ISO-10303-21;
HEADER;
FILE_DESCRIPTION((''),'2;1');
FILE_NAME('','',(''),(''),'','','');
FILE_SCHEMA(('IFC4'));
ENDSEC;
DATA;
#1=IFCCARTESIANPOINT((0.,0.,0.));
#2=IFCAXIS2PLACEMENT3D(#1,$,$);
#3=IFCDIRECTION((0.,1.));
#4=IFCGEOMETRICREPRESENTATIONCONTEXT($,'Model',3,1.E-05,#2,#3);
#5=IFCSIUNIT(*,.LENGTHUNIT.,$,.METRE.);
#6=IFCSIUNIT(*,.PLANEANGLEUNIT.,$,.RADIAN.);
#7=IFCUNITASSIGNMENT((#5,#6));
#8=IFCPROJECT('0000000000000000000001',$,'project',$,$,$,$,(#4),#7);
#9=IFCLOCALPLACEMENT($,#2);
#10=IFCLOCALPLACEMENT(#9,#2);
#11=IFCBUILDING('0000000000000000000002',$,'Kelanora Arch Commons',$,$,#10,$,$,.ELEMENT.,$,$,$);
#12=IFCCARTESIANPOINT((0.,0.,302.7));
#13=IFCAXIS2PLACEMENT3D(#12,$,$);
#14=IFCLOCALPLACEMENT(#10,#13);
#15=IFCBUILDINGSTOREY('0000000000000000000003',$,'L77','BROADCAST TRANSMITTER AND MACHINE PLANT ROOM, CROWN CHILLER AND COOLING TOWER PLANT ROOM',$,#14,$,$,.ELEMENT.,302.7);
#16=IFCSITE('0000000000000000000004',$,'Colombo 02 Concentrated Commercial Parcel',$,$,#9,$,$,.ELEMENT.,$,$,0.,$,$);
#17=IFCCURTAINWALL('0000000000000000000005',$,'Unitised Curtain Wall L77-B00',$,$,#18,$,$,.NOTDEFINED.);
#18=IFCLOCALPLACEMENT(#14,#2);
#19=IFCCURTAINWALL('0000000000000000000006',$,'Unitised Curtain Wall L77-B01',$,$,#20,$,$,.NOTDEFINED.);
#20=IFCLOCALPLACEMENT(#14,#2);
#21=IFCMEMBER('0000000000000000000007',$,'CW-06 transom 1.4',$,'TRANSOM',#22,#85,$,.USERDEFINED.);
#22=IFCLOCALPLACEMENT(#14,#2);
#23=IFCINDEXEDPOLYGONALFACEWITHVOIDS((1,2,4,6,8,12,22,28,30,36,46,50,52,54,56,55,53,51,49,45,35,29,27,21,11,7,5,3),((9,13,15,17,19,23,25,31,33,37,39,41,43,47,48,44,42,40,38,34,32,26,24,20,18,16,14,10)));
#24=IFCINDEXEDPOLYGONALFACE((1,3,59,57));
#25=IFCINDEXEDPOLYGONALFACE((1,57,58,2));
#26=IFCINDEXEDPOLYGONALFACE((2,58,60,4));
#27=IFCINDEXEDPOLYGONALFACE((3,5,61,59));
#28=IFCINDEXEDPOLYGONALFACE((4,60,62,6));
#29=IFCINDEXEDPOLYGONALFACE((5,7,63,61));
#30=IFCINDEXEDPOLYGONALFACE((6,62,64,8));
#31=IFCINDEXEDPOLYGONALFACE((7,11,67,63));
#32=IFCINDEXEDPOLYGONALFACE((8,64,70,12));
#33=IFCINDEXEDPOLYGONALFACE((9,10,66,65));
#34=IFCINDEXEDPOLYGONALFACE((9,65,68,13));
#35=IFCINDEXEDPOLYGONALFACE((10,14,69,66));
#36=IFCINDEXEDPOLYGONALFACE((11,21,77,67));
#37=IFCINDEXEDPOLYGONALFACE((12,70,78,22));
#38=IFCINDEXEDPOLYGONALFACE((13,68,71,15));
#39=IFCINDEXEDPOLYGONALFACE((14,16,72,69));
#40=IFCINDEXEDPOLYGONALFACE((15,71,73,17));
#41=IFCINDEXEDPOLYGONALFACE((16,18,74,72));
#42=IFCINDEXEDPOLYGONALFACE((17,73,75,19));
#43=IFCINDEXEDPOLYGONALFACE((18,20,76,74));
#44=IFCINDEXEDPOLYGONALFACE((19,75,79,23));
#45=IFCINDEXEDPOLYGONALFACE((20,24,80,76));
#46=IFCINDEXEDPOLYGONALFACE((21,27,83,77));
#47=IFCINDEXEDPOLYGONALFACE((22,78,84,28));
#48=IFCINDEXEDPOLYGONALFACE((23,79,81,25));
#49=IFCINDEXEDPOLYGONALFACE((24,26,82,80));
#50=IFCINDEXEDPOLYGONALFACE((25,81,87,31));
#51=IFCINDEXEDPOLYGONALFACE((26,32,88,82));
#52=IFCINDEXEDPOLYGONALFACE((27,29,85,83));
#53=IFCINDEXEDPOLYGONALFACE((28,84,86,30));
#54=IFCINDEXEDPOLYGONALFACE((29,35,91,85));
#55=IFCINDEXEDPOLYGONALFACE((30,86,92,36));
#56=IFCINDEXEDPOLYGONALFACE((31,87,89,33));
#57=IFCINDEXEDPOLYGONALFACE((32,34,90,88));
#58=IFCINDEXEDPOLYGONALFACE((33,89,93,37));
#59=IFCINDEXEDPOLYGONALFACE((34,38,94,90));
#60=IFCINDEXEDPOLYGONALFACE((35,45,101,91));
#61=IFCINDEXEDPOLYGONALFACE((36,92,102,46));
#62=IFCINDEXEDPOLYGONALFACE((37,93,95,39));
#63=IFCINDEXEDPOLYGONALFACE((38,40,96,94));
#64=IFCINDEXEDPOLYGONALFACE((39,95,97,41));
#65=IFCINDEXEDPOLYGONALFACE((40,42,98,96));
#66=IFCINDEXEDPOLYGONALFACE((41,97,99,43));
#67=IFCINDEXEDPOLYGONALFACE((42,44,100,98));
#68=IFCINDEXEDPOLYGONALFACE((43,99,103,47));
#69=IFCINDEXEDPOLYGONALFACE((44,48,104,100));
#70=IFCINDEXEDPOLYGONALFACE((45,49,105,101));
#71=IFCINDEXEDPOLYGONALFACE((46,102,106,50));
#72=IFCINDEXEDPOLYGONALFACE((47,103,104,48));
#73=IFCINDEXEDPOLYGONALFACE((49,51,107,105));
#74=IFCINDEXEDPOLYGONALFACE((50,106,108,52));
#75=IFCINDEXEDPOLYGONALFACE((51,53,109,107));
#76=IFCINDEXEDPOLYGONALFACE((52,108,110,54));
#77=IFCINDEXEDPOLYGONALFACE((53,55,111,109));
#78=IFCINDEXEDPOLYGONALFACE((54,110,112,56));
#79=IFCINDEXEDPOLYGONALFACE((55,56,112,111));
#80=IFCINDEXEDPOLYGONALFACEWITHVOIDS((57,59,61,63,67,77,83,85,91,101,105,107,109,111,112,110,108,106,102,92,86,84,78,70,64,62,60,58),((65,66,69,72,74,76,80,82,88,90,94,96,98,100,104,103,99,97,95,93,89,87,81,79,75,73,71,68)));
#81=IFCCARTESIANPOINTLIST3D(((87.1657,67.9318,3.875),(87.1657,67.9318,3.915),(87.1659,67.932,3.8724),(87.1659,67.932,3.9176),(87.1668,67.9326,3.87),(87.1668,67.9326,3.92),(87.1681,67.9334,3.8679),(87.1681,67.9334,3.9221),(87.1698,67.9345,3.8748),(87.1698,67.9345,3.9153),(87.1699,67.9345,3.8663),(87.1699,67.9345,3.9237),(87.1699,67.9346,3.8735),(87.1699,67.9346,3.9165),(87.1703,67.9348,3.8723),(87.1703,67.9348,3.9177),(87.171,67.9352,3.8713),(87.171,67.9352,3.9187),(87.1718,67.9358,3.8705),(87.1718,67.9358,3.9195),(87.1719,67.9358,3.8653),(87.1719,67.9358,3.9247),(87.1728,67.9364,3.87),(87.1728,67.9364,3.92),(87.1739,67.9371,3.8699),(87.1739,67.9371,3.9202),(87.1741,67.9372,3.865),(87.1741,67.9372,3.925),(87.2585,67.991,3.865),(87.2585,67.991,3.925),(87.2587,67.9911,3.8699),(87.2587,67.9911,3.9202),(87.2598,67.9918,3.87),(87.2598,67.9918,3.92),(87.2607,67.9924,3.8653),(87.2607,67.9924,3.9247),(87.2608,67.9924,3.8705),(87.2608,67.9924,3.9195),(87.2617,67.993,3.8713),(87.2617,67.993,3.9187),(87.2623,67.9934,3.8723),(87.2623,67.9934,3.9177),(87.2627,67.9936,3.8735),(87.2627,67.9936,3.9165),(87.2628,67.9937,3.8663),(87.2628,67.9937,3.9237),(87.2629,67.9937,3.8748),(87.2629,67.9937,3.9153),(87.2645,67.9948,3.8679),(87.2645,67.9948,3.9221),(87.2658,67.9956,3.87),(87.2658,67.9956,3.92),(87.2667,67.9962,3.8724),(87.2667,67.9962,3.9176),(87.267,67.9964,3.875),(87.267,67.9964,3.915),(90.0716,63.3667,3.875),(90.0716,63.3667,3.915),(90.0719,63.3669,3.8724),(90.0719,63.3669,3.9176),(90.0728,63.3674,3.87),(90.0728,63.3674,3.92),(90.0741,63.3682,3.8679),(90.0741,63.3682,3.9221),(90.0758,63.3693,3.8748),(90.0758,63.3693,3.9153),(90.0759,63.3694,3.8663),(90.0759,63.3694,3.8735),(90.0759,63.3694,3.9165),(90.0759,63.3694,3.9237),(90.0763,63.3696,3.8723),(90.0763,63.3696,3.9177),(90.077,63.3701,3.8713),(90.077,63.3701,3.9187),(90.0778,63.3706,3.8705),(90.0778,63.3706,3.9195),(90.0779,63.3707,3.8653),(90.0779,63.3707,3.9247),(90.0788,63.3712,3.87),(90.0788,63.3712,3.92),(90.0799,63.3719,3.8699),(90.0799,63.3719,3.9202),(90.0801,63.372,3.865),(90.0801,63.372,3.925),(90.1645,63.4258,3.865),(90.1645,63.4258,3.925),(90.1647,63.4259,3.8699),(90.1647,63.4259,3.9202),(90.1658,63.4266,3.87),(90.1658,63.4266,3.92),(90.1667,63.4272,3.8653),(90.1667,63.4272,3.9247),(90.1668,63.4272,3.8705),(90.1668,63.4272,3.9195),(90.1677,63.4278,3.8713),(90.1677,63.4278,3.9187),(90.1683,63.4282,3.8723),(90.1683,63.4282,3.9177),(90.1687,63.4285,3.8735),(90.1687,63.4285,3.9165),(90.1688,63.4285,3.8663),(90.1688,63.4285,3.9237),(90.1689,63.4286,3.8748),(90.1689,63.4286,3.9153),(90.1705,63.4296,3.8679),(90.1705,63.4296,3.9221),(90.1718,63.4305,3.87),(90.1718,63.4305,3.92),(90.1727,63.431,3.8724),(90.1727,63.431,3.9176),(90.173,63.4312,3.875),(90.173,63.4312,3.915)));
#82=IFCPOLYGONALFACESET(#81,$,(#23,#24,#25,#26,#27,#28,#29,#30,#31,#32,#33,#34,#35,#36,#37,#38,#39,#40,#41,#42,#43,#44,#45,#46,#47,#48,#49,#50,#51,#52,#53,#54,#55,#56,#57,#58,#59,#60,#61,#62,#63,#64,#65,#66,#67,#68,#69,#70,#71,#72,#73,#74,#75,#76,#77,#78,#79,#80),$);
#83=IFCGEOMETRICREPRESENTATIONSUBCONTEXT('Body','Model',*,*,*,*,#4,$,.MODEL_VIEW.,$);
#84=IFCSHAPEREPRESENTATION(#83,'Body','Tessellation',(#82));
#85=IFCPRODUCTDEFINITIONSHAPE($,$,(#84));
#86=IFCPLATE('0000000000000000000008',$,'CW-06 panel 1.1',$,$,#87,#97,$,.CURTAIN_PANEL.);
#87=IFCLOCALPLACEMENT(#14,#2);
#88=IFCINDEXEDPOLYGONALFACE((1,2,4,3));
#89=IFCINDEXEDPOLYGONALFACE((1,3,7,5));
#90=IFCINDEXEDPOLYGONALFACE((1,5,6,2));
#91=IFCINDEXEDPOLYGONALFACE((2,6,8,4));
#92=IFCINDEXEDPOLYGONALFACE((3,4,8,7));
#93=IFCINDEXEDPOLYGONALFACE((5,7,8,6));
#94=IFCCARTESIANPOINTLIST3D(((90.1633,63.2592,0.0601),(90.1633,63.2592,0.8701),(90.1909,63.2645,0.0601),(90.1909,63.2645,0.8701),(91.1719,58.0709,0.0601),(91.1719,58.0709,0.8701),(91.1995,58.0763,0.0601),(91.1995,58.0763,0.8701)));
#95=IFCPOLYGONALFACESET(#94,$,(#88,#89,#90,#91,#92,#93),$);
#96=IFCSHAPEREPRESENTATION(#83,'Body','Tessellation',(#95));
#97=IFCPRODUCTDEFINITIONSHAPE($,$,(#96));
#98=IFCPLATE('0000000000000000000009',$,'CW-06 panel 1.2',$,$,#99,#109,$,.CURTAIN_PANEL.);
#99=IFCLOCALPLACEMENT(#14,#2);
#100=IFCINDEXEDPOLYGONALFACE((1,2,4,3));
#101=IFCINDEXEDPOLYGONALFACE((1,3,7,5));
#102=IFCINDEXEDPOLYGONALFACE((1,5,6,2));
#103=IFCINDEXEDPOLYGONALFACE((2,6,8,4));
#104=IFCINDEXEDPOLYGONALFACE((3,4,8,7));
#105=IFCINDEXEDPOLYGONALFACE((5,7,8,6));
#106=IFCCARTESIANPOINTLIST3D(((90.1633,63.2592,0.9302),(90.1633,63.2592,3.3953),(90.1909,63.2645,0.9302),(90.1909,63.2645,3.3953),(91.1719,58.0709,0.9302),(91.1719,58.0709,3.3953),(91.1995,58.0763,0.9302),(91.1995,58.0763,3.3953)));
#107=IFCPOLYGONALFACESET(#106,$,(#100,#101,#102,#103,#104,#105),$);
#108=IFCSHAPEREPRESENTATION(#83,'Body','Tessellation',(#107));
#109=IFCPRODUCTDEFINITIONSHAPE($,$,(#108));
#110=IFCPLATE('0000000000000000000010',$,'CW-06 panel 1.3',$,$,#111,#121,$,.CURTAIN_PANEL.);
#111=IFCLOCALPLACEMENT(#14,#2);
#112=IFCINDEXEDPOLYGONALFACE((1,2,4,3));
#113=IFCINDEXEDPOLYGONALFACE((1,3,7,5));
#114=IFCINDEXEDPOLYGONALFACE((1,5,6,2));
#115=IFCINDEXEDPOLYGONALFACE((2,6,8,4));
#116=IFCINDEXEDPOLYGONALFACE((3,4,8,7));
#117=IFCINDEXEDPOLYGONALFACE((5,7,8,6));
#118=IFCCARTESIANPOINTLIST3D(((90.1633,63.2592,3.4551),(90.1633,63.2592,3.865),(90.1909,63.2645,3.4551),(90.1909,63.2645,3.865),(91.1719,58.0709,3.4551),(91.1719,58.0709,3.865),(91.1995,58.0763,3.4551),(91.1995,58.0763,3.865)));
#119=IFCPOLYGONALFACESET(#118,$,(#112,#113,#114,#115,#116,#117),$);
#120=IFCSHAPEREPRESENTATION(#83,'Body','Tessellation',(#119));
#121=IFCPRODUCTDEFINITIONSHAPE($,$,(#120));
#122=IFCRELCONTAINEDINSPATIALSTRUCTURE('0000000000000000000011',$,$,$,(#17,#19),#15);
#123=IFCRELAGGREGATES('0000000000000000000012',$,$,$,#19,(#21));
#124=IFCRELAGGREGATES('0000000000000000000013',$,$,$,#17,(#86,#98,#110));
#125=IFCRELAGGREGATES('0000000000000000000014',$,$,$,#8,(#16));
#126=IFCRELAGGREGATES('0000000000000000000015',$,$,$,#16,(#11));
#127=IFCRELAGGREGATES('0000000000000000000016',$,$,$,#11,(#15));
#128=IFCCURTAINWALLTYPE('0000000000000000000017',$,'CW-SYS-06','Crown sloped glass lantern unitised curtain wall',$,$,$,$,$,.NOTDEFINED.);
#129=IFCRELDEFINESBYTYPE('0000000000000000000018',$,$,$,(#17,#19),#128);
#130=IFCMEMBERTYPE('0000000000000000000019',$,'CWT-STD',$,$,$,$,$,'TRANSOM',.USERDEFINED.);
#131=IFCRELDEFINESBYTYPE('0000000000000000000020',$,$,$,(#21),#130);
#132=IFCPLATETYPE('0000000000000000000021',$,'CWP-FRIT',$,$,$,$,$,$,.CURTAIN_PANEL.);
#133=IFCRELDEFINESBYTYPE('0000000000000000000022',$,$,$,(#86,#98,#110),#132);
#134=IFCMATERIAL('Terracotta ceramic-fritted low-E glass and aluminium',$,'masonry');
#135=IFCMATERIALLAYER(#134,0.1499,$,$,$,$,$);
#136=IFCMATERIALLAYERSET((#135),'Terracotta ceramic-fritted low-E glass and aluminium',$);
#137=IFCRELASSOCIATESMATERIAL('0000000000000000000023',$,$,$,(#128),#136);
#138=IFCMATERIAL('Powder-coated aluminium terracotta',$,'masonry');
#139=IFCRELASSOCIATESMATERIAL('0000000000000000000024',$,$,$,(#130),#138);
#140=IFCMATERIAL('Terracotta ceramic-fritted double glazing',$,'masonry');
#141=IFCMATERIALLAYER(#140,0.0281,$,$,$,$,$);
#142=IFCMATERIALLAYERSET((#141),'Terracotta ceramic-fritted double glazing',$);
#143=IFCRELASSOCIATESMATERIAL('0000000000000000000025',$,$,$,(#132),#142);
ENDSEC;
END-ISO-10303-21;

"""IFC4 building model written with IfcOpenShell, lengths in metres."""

from ifc_helpers import new_model, si_unit, direction, frame, origin, origin_2d, place, context, subcontext, project, spatial, rectangle, hollow_rectangle, extrude, source, transform, mapped, material, layer, layer_set, material_profile, profile_set, type_object, element, aggregate, save


model = new_model("IFC4")

# Units and contexts
model_context = context("Model", 3, precision=1e-05, world=origin(), true_north=direction((0.0, 1.0)))
body_context = subcontext(model_context, "Body", "Model", "MODEL_VIEW")
ifc_project = project(units=[si_unit("LENGTHUNIT", "METRE"), si_unit("PLANEANGLEUNIT", "RADIAN")], contexts=[model_context])

# Site, building, storey
site_placement = place(None, origin())
site = spatial("IfcSite", under=ifc_project, at=site_placement, Name="Colombo 02 Concentrated Commercial Parcel", CompositionType="ELEMENT", RefElevation=0.0)
building_placement = place(site_placement, origin())
building = spatial("IfcBuilding", under=site, at=building_placement, Name="Kelanora Arch Commons", CompositionType="ELEMENT")
storey_placement = place(building_placement, frame((0.0, 0.0, 302.7)))
storey = spatial("IfcBuildingStorey", under=building, at=storey_placement, Name="L77", Description="BROADCAST TRANSMITTER AND MACHINE PLANT ROOM, CROWN CHILLER AND COOLING TOWER PLANT ROOM", CompositionType="ELEMENT", Elevation=302.7)

# Curtain wall
ifc_material_1 = material(Name="Terracotta ceramic-fritted low-E glass and aluminium", Category="masonry")
ifc_layer_1 = layer(ifc_material_1, 0.1499)
ifc_layer_set_1 = layer_set([ifc_layer_1], Name="Terracotta ceramic-fritted low-E glass and aluminium")
curtain_wall_type = type_object("IfcCurtainWallType", Name="CW-SYS-06", Description="Crown sloped glass lantern unitised curtain wall", PredefinedType="NOTDEFINED", material=ifc_layer_set_1)
curtain_wall_1_placement = place(storey_placement, origin())
curtain_wall_1 = element("IfcCurtainWall", 1, at=curtain_wall_1_placement, inside=storey, type_object=curtain_wall_type, Name="Unitised Curtain Wall L77-B00", PredefinedType="NOTDEFINED")
ifc_material_2 = material(Name="Powder-coated aluminium terracotta", Category="masonry")

# Curtain wall
curtain_wall_2_placement = place(storey_placement, origin())
curtain_wall_2 = element("IfcCurtainWall", 2, at=curtain_wall_2_placement, inside=storey, type_object=curtain_wall_type, Name="Unitised Curtain Wall L77-B01", PredefinedType="NOTDEFINED")

# Member
ifc_material_profile_1 = material_profile(ifc_material_2, hollow_rectangle(XDim=0.1201, YDim=0.0601, WallThickness=0.0049, InnerFilletRadius=0.0049, OuterFilletRadius=0.01, at=origin_2d()), Name="CWT120x60")
ifc_profile_set_1 = profile_set([ifc_material_profile_1], Name="Powder-coated aluminium terracotta")
member_type_1 = type_object("IfcMemberType", Name="CWT-STD", ElementType="TRANSOM", PredefinedType="USERDEFINED", material=ifc_profile_set_1)
member_1_placement = place(storey_placement, frame((90.1223, 63.3989, 3.895), z_axis=(-0.536992, 0.843587, 0.0), x_axis=(-0.843587, -0.536992, 0.0)))
member_1 = element("IfcMember", 3, at=member_1_placement, type_object=member_type_1, Name="CW-06 transom 1.4", ObjectType="TRANSOM", PredefinedType="USERDEFINED", context=body_context, shape_type="SweptSolid", body=[
    extrude(hollow_rectangle(XDim=0.1201, YDim=0.0601, WallThickness=0.0049, InnerFilletRadius=0.0049, OuterFilletRadius=0.01, at=origin_2d()), origin(), (0.0, 0.0, 1.0), 5.4116),
])
aggregate(curtain_wall_2, [member_1])

# Plates
ifc_material_3 = material(Name="Terracotta ceramic-fritted double glazing", Category="masonry")
ifc_layer_2 = layer(ifc_material_3, 0.0281)
ifc_layer_set_2 = layer_set([ifc_layer_2], Name="Terracotta ceramic-fritted double glazing")
plate_type = type_object("IfcPlateType", Name="CWP-FRIT", PredefinedType="CURTAIN_PANEL", material=ifc_layer_set_2)
shared_shape_1 = source(origin(), body_context, "Body", "SweptSolid", [
    extrude(rectangle(XDim=5.2854, YDim=0.0281, at=origin_2d()), origin(), (0.0, 0.0, 1.0), 0.8101),
])
plate_1_placement = place(storey_placement, frame((90.6814, 60.6677, 0.0601), z_axis=(0.0, 0.0, 1.0), x_axis=(-0.190827, 0.981624, 0.0)))
plate_1 = element("IfcPlate", 4, at=plate_1_placement, type_object=plate_type, Name="CW-06 panel 1.1", PredefinedType="CURTAIN_PANEL", context=body_context, shape_type="MappedRepresentation", body=[
    mapped(shared_shape_1, transform((0.0, 0.0, 0.0), scale=1.0)),
])
shared_shape_2 = source(origin(), body_context, "Body", "SweptSolid", [
    extrude(rectangle(XDim=5.2854, YDim=0.0281, at=origin_2d()), origin(), (0.0, 0.0, 1.0), 2.4651),
])
plate_2_placement = place(storey_placement, frame((90.6814, 60.6677, 0.9302), z_axis=(0.0, 0.0, 1.0), x_axis=(-0.190827, 0.981624, 0.0)))
plate_2 = element("IfcPlate", 5, at=plate_2_placement, type_object=plate_type, Name="CW-06 panel 1.2", PredefinedType="CURTAIN_PANEL", context=body_context, shape_type="MappedRepresentation", body=[
    mapped(shared_shape_2, transform((0.0, 0.0, 0.0), scale=1.0)),
])
shared_shape_3 = source(origin(), body_context, "Body", "SweptSolid", [
    extrude(rectangle(XDim=5.2854, YDim=0.0281, at=origin_2d()), origin(), (0.0, 0.0, 1.0), 0.4099),
])
plate_3_placement = place(storey_placement, frame((90.6814, 60.6677, 3.4551), z_axis=(0.0, 0.0, 1.0), x_axis=(-0.190827, 0.981624, 0.0)))
plate_3 = element("IfcPlate", 6, at=plate_3_placement, type_object=plate_type, Name="CW-06 panel 1.3", PredefinedType="CURTAIN_PANEL", context=body_context, shape_type="MappedRepresentation", body=[
    mapped(shared_shape_3, transform((0.0, 0.0, 0.0), scale=1.0)),
])
aggregate(curtain_wall_1, [plate_1, plate_2, plate_3])

save(model, "model.ifc")
